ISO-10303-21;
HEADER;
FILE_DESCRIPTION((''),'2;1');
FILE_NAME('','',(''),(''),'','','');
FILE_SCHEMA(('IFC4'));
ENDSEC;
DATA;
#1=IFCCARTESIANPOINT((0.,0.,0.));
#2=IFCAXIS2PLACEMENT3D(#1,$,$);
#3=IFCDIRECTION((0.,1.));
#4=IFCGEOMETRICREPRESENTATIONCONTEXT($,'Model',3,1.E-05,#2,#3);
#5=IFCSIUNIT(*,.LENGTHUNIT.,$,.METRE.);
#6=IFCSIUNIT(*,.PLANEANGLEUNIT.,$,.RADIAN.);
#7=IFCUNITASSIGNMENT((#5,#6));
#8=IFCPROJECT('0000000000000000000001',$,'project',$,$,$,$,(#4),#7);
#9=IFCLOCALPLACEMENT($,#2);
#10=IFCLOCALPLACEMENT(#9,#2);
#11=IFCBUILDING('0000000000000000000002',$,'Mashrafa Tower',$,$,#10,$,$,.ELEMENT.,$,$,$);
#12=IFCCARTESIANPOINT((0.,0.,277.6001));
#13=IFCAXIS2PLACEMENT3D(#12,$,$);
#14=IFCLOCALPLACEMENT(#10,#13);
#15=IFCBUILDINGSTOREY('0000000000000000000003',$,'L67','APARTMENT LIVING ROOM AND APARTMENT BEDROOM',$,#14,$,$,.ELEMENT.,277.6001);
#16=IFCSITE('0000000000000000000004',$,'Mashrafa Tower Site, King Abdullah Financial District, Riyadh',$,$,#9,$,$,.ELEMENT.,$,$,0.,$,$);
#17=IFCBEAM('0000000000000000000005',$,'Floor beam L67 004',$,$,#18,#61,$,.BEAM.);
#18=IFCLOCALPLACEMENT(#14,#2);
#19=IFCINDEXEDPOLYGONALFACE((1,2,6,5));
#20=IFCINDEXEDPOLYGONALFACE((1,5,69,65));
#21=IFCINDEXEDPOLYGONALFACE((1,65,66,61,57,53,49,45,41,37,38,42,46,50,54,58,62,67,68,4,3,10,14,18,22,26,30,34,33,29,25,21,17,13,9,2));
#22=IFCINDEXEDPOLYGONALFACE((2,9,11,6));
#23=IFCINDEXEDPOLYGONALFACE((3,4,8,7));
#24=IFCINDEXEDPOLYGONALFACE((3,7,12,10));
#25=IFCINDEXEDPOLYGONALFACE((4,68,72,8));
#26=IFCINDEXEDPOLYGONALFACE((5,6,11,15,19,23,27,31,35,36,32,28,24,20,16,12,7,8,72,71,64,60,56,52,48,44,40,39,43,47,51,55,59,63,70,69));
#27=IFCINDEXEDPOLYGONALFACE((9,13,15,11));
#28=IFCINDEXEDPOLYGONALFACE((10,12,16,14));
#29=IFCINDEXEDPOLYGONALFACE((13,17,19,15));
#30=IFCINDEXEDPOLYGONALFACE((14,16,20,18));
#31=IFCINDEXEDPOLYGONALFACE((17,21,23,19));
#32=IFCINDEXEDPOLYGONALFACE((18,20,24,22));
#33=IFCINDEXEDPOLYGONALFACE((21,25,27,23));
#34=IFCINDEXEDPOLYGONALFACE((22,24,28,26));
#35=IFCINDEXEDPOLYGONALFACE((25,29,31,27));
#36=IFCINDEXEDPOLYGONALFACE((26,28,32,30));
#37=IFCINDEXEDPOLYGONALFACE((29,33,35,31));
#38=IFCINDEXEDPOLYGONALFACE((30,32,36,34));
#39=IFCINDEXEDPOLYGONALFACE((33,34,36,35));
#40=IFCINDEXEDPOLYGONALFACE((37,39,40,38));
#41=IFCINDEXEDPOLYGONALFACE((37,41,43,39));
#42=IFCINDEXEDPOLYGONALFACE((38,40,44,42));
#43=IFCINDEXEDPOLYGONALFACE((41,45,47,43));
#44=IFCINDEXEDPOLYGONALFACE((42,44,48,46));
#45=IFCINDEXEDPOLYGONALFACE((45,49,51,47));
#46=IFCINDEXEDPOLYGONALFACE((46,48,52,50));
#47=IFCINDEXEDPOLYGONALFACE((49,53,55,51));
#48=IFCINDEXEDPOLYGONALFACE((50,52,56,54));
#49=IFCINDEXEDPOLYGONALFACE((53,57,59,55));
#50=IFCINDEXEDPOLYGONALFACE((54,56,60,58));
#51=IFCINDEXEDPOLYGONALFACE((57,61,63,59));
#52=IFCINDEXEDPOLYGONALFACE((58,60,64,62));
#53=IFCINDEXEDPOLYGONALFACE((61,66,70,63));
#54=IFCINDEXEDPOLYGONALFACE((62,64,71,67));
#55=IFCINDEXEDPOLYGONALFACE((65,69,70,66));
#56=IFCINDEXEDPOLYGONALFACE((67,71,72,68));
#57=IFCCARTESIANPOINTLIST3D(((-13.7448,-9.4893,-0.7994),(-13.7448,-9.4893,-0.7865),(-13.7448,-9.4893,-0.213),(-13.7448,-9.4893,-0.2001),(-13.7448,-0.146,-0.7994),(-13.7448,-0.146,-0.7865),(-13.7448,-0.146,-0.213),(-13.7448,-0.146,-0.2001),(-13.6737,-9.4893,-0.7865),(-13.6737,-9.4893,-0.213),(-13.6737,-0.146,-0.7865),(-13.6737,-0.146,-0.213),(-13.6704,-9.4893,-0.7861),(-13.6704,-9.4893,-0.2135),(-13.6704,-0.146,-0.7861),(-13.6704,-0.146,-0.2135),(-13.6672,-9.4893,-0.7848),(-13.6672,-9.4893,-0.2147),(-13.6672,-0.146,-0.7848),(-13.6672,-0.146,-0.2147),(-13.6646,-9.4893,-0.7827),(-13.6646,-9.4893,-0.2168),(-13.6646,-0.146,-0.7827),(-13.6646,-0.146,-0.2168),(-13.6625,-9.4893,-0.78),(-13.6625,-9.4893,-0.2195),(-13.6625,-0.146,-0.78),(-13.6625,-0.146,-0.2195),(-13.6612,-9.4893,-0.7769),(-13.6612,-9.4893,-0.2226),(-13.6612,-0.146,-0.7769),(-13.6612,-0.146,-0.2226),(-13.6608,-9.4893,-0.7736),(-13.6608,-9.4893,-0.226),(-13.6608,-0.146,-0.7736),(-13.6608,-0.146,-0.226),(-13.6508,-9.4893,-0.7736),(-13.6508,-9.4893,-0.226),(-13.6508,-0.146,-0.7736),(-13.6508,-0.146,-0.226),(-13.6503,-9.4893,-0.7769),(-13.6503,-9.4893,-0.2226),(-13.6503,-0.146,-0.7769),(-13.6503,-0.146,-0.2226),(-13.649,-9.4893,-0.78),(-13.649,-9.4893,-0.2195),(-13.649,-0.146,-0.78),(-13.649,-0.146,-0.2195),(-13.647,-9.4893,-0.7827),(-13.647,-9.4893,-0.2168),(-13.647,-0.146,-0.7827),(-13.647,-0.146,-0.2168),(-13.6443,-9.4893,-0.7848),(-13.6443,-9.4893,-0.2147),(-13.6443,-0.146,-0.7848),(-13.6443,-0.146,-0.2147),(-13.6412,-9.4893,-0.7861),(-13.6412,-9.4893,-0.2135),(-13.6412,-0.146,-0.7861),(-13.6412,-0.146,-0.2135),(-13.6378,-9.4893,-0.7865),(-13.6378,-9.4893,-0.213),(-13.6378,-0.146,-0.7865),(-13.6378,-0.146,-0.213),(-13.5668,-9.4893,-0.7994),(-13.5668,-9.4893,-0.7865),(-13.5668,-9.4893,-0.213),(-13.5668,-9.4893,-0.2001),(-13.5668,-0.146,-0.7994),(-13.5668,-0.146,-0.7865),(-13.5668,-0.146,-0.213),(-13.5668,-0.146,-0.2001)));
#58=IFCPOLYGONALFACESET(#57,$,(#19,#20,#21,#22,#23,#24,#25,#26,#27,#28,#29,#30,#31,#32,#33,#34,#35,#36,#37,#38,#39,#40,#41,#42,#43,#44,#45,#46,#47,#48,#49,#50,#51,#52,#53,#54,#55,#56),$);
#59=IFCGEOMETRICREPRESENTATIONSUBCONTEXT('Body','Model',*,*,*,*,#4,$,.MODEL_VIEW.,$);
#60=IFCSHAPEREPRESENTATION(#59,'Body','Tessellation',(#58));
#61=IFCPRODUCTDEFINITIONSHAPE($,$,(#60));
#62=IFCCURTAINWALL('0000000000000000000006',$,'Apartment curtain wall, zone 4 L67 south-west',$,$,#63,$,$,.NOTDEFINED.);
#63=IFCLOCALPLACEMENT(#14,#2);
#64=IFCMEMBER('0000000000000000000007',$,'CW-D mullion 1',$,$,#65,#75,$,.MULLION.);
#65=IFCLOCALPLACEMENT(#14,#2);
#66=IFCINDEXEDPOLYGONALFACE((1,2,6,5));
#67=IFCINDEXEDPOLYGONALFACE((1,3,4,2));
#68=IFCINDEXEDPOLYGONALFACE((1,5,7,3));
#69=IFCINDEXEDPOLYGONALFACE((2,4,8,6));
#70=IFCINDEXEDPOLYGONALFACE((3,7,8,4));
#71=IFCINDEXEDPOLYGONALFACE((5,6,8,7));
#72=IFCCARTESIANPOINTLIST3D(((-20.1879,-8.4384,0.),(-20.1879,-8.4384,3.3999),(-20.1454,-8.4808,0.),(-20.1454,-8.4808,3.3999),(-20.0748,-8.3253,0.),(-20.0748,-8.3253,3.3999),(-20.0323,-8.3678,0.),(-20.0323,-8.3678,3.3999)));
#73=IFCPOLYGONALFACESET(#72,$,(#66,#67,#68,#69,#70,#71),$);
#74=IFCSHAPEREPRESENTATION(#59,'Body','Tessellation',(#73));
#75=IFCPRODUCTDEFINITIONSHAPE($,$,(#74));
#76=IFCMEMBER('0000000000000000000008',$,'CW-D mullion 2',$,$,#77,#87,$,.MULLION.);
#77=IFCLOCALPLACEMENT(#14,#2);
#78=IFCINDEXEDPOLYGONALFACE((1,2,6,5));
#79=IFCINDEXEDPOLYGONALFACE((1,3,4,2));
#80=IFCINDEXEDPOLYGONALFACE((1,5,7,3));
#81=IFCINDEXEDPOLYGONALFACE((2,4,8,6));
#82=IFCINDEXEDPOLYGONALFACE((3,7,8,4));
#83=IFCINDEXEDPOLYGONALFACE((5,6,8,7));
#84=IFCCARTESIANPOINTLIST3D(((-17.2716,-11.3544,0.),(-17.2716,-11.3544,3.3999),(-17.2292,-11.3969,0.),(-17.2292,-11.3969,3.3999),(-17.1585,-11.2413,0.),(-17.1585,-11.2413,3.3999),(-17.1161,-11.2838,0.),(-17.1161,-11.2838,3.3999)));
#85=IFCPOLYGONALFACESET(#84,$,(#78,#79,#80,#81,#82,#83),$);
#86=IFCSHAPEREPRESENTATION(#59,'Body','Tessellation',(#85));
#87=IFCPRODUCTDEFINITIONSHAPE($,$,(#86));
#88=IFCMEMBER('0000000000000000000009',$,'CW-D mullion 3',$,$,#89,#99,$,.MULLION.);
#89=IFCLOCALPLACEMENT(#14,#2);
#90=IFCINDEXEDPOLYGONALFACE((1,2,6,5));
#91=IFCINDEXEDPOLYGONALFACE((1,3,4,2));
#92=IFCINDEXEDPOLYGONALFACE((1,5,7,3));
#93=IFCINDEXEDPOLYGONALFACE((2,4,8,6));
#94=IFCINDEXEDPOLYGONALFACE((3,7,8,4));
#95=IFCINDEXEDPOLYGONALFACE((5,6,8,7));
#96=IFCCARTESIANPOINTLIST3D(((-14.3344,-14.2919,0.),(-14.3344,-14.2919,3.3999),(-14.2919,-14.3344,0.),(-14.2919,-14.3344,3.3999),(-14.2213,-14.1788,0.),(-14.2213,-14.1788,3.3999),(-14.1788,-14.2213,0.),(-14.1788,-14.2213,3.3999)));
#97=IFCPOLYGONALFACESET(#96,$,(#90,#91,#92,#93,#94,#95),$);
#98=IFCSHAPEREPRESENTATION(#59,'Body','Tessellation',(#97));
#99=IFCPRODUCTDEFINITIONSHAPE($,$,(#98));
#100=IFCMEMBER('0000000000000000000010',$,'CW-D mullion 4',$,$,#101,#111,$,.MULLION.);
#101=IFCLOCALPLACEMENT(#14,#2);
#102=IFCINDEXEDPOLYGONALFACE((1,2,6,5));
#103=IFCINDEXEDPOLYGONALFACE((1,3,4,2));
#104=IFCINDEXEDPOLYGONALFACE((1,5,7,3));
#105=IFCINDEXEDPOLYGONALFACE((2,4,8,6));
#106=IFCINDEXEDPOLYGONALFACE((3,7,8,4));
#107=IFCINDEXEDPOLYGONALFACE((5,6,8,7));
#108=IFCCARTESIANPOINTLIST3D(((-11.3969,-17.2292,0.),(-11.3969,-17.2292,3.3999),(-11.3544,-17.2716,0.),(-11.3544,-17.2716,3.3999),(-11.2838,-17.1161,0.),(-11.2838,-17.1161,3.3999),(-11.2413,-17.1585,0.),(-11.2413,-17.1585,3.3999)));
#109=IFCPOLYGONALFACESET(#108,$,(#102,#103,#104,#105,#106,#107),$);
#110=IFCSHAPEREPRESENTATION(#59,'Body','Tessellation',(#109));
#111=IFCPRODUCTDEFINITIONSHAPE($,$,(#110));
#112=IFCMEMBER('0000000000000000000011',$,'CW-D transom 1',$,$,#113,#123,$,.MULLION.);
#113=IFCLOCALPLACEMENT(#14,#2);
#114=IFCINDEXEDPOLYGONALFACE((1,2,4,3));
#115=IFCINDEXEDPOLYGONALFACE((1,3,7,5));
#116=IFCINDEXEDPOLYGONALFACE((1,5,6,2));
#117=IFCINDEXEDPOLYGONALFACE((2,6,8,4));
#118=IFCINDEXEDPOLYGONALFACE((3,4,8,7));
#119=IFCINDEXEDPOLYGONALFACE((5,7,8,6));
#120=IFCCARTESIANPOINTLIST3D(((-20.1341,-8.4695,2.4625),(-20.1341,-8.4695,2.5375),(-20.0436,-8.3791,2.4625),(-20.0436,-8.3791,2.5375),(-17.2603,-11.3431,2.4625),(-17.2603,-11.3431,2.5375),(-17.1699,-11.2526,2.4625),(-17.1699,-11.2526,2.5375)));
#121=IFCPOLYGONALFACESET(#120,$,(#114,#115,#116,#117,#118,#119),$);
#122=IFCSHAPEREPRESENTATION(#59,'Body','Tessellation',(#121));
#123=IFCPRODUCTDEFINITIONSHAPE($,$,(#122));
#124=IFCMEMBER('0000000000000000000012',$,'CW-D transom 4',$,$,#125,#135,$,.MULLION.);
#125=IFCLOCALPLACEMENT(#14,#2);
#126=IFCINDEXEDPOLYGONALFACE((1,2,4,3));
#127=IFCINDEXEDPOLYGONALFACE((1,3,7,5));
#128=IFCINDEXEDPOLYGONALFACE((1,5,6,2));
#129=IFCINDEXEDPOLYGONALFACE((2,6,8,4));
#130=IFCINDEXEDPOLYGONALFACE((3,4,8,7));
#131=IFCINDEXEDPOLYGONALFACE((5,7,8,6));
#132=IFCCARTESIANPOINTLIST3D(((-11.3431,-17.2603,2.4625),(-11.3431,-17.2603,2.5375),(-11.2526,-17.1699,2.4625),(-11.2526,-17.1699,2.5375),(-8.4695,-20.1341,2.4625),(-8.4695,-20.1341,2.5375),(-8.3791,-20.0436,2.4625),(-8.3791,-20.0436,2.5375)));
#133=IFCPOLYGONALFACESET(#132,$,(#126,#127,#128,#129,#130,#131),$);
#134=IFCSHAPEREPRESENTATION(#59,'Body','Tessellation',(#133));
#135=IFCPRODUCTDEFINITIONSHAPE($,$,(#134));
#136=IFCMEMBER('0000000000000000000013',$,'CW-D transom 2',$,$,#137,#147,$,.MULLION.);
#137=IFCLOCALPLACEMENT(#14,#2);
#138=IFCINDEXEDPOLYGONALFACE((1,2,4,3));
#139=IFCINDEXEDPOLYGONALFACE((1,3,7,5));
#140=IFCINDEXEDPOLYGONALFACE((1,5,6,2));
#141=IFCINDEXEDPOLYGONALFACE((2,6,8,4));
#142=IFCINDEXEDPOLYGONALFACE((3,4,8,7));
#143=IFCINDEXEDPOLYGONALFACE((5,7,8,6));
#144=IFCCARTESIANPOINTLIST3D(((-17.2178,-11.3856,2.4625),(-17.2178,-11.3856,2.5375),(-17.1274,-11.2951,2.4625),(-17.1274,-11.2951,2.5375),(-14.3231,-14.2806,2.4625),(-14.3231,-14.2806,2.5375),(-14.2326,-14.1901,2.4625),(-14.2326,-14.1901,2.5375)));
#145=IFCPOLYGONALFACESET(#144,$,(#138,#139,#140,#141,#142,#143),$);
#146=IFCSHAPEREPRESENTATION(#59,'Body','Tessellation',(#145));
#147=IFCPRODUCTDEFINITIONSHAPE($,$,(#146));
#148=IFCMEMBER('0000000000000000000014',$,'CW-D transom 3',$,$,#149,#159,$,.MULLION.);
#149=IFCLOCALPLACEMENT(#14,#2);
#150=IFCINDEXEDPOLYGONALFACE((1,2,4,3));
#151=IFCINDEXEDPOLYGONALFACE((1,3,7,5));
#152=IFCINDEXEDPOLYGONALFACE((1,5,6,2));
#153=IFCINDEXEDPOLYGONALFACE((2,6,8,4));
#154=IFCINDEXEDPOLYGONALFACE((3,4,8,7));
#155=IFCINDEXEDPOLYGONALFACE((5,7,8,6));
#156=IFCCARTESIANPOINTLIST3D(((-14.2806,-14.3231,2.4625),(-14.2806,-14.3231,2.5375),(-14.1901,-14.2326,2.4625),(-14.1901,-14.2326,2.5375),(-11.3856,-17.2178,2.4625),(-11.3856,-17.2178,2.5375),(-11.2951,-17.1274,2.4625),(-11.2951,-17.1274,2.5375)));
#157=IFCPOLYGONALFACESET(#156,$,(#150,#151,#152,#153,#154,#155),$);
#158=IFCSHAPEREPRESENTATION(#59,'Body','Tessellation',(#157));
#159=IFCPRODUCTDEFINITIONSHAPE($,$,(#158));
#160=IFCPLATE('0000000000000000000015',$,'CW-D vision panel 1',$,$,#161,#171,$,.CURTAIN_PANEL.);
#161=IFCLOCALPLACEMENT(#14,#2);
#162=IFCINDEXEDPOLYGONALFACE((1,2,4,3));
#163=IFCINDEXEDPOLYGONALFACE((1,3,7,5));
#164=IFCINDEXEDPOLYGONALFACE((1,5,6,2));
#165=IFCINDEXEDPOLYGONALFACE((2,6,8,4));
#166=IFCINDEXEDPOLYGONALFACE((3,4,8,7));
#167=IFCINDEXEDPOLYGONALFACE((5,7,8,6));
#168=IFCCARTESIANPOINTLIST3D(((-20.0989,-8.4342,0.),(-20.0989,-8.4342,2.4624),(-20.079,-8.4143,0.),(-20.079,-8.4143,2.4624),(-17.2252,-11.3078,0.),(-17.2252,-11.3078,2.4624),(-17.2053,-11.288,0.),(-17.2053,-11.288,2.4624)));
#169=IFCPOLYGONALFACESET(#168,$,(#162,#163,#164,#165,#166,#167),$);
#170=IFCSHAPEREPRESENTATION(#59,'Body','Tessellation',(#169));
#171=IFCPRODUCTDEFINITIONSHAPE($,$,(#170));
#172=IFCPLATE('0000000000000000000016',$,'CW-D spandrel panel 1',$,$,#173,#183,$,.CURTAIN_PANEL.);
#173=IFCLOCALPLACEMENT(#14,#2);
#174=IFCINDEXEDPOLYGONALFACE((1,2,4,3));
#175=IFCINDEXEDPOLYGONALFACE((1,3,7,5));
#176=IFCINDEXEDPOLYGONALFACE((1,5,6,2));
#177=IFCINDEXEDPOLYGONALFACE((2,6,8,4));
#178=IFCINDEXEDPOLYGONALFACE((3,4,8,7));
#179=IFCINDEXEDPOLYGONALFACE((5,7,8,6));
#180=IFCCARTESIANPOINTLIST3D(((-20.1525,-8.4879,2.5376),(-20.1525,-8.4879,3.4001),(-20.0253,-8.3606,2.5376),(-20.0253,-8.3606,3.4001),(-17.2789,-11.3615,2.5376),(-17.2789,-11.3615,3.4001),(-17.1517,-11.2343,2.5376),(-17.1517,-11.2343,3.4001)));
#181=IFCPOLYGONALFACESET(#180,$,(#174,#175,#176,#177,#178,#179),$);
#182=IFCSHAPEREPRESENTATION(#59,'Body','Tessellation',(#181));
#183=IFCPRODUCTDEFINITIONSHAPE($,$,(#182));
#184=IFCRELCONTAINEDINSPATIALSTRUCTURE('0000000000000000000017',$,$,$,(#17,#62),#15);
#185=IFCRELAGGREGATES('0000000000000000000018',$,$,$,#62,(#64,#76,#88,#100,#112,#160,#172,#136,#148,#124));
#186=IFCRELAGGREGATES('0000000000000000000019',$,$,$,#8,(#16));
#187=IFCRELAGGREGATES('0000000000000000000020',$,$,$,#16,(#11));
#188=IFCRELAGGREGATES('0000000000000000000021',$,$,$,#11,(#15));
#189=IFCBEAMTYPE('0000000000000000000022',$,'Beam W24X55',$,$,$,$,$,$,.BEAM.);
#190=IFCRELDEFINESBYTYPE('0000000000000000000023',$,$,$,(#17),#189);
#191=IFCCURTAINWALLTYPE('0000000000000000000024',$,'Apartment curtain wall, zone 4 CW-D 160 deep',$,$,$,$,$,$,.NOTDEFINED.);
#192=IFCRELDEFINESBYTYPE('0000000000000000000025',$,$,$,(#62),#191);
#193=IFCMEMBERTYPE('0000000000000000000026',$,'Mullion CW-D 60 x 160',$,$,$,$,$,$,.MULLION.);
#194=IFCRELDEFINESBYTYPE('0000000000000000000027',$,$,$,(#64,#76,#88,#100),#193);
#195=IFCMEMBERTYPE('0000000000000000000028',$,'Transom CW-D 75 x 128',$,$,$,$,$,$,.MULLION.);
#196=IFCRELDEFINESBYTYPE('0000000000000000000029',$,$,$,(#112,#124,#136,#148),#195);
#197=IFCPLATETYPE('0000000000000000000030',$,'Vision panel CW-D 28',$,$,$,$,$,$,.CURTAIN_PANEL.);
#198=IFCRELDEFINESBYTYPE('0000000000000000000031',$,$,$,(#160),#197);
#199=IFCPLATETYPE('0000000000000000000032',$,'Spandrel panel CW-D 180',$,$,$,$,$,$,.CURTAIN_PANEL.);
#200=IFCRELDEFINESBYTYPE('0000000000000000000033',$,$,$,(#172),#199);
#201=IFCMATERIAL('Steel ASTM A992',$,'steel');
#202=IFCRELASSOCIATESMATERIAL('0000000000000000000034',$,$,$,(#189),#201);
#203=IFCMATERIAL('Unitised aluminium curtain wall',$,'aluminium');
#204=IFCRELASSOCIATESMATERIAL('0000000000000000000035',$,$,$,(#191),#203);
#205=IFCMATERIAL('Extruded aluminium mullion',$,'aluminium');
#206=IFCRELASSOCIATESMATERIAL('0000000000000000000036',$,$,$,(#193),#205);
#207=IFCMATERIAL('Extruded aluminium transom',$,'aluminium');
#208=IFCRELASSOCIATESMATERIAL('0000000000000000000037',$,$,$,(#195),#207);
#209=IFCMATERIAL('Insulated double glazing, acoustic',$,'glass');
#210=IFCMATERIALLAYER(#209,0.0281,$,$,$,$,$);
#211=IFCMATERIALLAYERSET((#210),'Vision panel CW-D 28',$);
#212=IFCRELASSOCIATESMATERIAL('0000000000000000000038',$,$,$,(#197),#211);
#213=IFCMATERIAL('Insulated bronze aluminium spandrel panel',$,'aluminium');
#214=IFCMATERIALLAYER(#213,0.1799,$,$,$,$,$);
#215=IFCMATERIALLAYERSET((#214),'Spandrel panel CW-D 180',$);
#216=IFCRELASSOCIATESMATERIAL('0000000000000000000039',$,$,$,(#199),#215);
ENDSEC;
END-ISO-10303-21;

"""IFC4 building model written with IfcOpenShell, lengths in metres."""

from ifc_helpers import new_model, si_unit, direction, frame, origin, origin_2d, place, context, subcontext, project, spatial, rectangle, i_section, extrude, source, transform, mapped, material, layer, layer_set, material_profile, profile_set, type_object, type_shapes, element, aggregate, save


model = new_model("IFC4")

# Units and contexts
model_context = context("Model", 3, precision=1e-05, world=origin(), true_north=direction((0.0, 1.0)))
body_context = subcontext(model_context, "Body", "Model", "MODEL_VIEW")
ifc_project = project(units=[si_unit("LENGTHUNIT", "METRE"), si_unit("PLANEANGLEUNIT", "RADIAN")], contexts=[model_context])

# Site, building, storey
site_placement = place(None, origin())
site = spatial("IfcSite", under=ifc_project, at=site_placement, Name="Mashrafa Tower Site, King Abdullah Financial District, Riyadh", CompositionType="ELEMENT", RefElevation=0.0)
building_placement = place(site_placement, origin())
building = spatial("IfcBuilding", under=site, at=building_placement, Name="Mashrafa Tower", CompositionType="ELEMENT")
storey_placement = place(building_placement, frame((0.0, 0.0, 277.6001)))
storey = spatial("IfcBuildingStorey", under=building, at=storey_placement, Name="L67", Description="APARTMENT LIVING ROOM AND APARTMENT BEDROOM", CompositionType="ELEMENT", Elevation=277.6001)

# Beam
ifc_material_1 = material(Name="Steel ASTM A992", Category="steel")
ifc_material_profile_1 = material_profile(ifc_material_1, i_section(OverallWidth=0.178, OverallDepth=0.5994, WebThickness=0.01, FlangeThickness=0.0129, FilletRadius=0.0129, at=origin_2d()), Name="W24X55")
ifc_profile_set_1 = profile_set([ifc_material_profile_1], Name="Steel ASTM A992")
beam_type_1 = type_object("IfcBeamType", Name="Beam W24X55", PredefinedType="BEAM", material=ifc_profile_set_1)
beam_1_placement = place(storey_placement, frame((-13.6558, -9.4893, -0.4998), z_axis=(0.0, 1.0, 0.0), x_axis=(-1.0, 0.0, 0.0)))
element("IfcBeam", 1, at=beam_1_placement, inside=storey, type_object=beam_type_1, Name="Floor beam L67 004", PredefinedType="BEAM", context=body_context, shape_type="SweptSolid", body=[
    extrude(i_section(OverallWidth=0.178, OverallDepth=0.5994, WebThickness=0.01, FlangeThickness=0.0129, FilletRadius=0.0129, at=origin_2d()), origin(), (0.0, 0.0, 1.0), 9.3433),
])

# Curtain wall, members, plates
ifc_material_2 = material(Name="Unitised aluminium curtain wall", Category="aluminium")
curtain_wall_type = type_object("IfcCurtainWallType", Name="Apartment curtain wall, zone 4 CW-D 160 deep", PredefinedType="NOTDEFINED", material=ifc_material_2)
curtain_wall_placement = place(storey_placement, origin())
curtain_wall = element("IfcCurtainWall", 2, at=curtain_wall_placement, inside=storey, type_object=curtain_wall_type, Name="Apartment curtain wall, zone 4 L67 south-west", PredefinedType="NOTDEFINED")
ifc_material_3 = material(Name="Extruded aluminium mullion", Category="aluminium")
ifc_material_profile_2 = material_profile(ifc_material_3, rectangle(XDim=0.1599, YDim=0.0601, at=origin_2d()), Name="Mullion 60x160")
ifc_profile_set_2 = profile_set([ifc_material_profile_2], Name="Extruded aluminium mullion")
member_type_1 = type_object("IfcMemberType", Name="Mullion CW-D 60 x 160", PredefinedType="MULLION", material=ifc_profile_set_2)
shared_shape_1 = source(origin(), body_context, "Body", "SweptSolid", [
    extrude(rectangle(XDim=0.1599, YDim=0.0601, at=origin_2d()), origin(), (0.0, 0.0, 1.0), 3.3999),
])
type_shapes(member_type_1, [shared_shape_1])
member_1_placement = place(storey_placement, frame((-20.1101, -8.4031, 0.0), z_axis=(0.0, 0.0, 1.0), x_axis=(0.707107, 0.707107, 0.0)))
member_1 = element("IfcMember", 3, at=member_1_placement, type_object=member_type_1, Name="CW-D mullion 1", PredefinedType="MULLION", context=body_context, shape_type="MappedRepresentation", body=[
    mapped(shared_shape_1, transform((0.0, 0.0, 0.0))),
])
member_2_placement = place(storey_placement, frame((-17.1938, -11.3191, 0.0), z_axis=(0.0, 0.0, 1.0), x_axis=(0.707107, 0.707107, 0.0)))
member_2 = element("IfcMember", 4, at=member_2_placement, type_object=member_type_1, Name="CW-D mullion 2", PredefinedType="MULLION", context=body_context, shape_type="MappedRepresentation", body=[
    mapped(shared_shape_1, transform((0.0, 0.0, 0.0))),
])
member_3_placement = place(storey_placement, frame((-14.2566, -14.2566, 0.0), z_axis=(0.0, 0.0, 1.0), x_axis=(0.707107, 0.707107, 0.0)))
member_3 = element("IfcMember", 5, at=member_3_placement, type_object=member_type_1, Name="CW-D mullion 3", PredefinedType="MULLION", context=body_context, shape_type="MappedRepresentation", body=[
    mapped(shared_shape_1, transform((0.0, 0.0, 0.0))),
])
member_4_placement = place(storey_placement, frame((-11.3191, -17.1938, 0.0), z_axis=(0.0, 0.0, 1.0), x_axis=(0.707107, 0.707107, 0.0)))
member_4 = element("IfcMember", 6, at=member_4_placement, type_object=member_type_1, Name="CW-D mullion 4", PredefinedType="MULLION", context=body_context, shape_type="MappedRepresentation", body=[
    mapped(shared_shape_1, transform((0.0, 0.0, 0.0))),
])
ifc_material_4 = material(Name="Extruded aluminium transom", Category="aluminium")
ifc_material_profile_3 = material_profile(ifc_material_4, rectangle(XDim=0.1279, YDim=0.075, at=origin_2d()), Name="Transom 75x128")
ifc_profile_set_3 = profile_set([ifc_material_profile_3], Name="Extruded aluminium transom")
member_type_2 = type_object("IfcMemberType", Name="Transom CW-D 75 x 128", PredefinedType="MULLION", material=ifc_profile_set_3)
shared_shape_2 = source(origin(), body_context, "Body", "SweptSolid", [
    extrude(rectangle(XDim=0.1279, YDim=0.075, at=origin_2d()), origin(), (0.0, 0.0, 1.0), 4.064),
])
member_5_placement = place(storey_placement, frame((-20.0889, -8.4243, 2.5), z_axis=(0.707137, -0.707077, 0.0), x_axis=(0.707077, 0.707137, 0.0)))
member_5 = element("IfcMember", 7, at=member_5_placement, type_object=member_type_2, Name="CW-D transom 1", PredefinedType="MULLION", context=body_context, shape_type="MappedRepresentation", body=[
    mapped(shared_shape_2, transform((0.0, 0.0, 0.0))),
])
member_6_placement = place(storey_placement, frame((-11.2979, -17.2151, 2.5), z_axis=(0.707077, -0.707137, 0.0), x_axis=(0.707137, 0.707077, 0.0)))
member_6 = element("IfcMember", 8, at=member_6_placement, type_object=member_type_2, Name="CW-D transom 4", PredefinedType="MULLION", context=body_context, shape_type="MappedRepresentation", body=[
    mapped(shared_shape_2, transform((0.0, 0.0, 0.0))),
])
shared_shape_3 = source(origin(), body_context, "Body", "SweptSolid", [
    extrude(rectangle(XDim=0.1279, YDim=0.075, at=origin_2d()), origin(), (0.0, 0.0, 1.0), 4.094),
])
type_shapes(member_type_2, [shared_shape_2, shared_shape_3])
member_7_placement = place(storey_placement, frame((-17.1726, -11.3403, 2.5), z_axis=(0.707077, -0.707137, 0.0), x_axis=(0.707137, 0.707077, 0.0)))
member_7 = element("IfcMember", 9, at=member_7_placement, type_object=member_type_2, Name="CW-D transom 2", PredefinedType="MULLION", context=body_context, shape_type="MappedRepresentation", body=[
    mapped(shared_shape_3, transform((0.0, 0.0, 0.0))),
])
member_8_placement = place(storey_placement, frame((-14.2354, -14.2778, 2.5), z_axis=(0.707137, -0.707077, 0.0), x_axis=(0.707077, 0.707137, 0.0)))
member_8 = element("IfcMember", 10, at=member_8_placement, type_object=member_type_2, Name="CW-D transom 3", PredefinedType="MULLION", context=body_context, shape_type="MappedRepresentation", body=[
    mapped(shared_shape_3, transform((0.0, 0.0, 0.0))),
])
ifc_material_5 = material(Name="Insulated double glazing, acoustic", Category="glass")
ifc_layer_1 = layer(ifc_material_5, 0.0281)
ifc_layer_set_1 = layer_set([ifc_layer_1], Name="Vision panel CW-D 28")
plate_type_1 = type_object("IfcPlateType", Name="Vision panel CW-D 28", PredefinedType="CURTAIN_PANEL", material=ifc_layer_set_1)
shared_shape_4 = source(origin(), body_context, "Body", "SweptSolid", [
    extrude(rectangle(XDim=4.064, YDim=0.0281, at=origin_2d()), origin(), (0.0, 0.0, 1.0), 2.4624),
])
plate_1_placement = place(storey_placement, frame((-18.6521, -9.8611, 0.0), z_axis=(0.0, 0.0, 1.0), x_axis=(0.707107, -0.707107, 0.0)))
plate_1 = element("IfcPlate", 11, at=plate_1_placement, type_object=plate_type_1, Name="CW-D vision panel 1", PredefinedType="CURTAIN_PANEL", context=body_context, shape_type="MappedRepresentation", body=[
    mapped(shared_shape_4, transform((0.0, 0.0, 0.0))),
])
ifc_material_6 = material(Name="Insulated bronze aluminium spandrel panel", Category="aluminium")
ifc_layer_2 = layer(ifc_material_6, 0.1799)
ifc_layer_set_2 = layer_set([ifc_layer_2], Name="Spandrel panel CW-D 180")
plate_type_2 = type_object("IfcPlateType", Name="Spandrel panel CW-D 180", PredefinedType="CURTAIN_PANEL", material=ifc_layer_set_2)
shared_shape_5 = source(origin(), body_context, "Body", "SweptSolid", [
    extrude(rectangle(XDim=4.064, YDim=0.1799, at=origin_2d()), origin(), (0.0, 0.0, 1.0), 0.8625),
])
plate_2_placement = place(storey_placement, frame((-18.6521, -9.8611, 2.5376), z_axis=(0.0, 0.0, 1.0), x_axis=(0.707107, -0.707107, 0.0)))
plate_2 = element("IfcPlate", 12, at=plate_2_placement, type_object=plate_type_2, Name="CW-D spandrel panel 1", PredefinedType="CURTAIN_PANEL", context=body_context, shape_type="MappedRepresentation", body=[
    mapped(shared_shape_5, transform((0.0, 0.0, 0.0))),
])
aggregate(curtain_wall, [member_1, member_2, member_3, member_4, member_5, plate_1, plate_2, member_7, member_8, member_6])

save(model, "model.ifc")
